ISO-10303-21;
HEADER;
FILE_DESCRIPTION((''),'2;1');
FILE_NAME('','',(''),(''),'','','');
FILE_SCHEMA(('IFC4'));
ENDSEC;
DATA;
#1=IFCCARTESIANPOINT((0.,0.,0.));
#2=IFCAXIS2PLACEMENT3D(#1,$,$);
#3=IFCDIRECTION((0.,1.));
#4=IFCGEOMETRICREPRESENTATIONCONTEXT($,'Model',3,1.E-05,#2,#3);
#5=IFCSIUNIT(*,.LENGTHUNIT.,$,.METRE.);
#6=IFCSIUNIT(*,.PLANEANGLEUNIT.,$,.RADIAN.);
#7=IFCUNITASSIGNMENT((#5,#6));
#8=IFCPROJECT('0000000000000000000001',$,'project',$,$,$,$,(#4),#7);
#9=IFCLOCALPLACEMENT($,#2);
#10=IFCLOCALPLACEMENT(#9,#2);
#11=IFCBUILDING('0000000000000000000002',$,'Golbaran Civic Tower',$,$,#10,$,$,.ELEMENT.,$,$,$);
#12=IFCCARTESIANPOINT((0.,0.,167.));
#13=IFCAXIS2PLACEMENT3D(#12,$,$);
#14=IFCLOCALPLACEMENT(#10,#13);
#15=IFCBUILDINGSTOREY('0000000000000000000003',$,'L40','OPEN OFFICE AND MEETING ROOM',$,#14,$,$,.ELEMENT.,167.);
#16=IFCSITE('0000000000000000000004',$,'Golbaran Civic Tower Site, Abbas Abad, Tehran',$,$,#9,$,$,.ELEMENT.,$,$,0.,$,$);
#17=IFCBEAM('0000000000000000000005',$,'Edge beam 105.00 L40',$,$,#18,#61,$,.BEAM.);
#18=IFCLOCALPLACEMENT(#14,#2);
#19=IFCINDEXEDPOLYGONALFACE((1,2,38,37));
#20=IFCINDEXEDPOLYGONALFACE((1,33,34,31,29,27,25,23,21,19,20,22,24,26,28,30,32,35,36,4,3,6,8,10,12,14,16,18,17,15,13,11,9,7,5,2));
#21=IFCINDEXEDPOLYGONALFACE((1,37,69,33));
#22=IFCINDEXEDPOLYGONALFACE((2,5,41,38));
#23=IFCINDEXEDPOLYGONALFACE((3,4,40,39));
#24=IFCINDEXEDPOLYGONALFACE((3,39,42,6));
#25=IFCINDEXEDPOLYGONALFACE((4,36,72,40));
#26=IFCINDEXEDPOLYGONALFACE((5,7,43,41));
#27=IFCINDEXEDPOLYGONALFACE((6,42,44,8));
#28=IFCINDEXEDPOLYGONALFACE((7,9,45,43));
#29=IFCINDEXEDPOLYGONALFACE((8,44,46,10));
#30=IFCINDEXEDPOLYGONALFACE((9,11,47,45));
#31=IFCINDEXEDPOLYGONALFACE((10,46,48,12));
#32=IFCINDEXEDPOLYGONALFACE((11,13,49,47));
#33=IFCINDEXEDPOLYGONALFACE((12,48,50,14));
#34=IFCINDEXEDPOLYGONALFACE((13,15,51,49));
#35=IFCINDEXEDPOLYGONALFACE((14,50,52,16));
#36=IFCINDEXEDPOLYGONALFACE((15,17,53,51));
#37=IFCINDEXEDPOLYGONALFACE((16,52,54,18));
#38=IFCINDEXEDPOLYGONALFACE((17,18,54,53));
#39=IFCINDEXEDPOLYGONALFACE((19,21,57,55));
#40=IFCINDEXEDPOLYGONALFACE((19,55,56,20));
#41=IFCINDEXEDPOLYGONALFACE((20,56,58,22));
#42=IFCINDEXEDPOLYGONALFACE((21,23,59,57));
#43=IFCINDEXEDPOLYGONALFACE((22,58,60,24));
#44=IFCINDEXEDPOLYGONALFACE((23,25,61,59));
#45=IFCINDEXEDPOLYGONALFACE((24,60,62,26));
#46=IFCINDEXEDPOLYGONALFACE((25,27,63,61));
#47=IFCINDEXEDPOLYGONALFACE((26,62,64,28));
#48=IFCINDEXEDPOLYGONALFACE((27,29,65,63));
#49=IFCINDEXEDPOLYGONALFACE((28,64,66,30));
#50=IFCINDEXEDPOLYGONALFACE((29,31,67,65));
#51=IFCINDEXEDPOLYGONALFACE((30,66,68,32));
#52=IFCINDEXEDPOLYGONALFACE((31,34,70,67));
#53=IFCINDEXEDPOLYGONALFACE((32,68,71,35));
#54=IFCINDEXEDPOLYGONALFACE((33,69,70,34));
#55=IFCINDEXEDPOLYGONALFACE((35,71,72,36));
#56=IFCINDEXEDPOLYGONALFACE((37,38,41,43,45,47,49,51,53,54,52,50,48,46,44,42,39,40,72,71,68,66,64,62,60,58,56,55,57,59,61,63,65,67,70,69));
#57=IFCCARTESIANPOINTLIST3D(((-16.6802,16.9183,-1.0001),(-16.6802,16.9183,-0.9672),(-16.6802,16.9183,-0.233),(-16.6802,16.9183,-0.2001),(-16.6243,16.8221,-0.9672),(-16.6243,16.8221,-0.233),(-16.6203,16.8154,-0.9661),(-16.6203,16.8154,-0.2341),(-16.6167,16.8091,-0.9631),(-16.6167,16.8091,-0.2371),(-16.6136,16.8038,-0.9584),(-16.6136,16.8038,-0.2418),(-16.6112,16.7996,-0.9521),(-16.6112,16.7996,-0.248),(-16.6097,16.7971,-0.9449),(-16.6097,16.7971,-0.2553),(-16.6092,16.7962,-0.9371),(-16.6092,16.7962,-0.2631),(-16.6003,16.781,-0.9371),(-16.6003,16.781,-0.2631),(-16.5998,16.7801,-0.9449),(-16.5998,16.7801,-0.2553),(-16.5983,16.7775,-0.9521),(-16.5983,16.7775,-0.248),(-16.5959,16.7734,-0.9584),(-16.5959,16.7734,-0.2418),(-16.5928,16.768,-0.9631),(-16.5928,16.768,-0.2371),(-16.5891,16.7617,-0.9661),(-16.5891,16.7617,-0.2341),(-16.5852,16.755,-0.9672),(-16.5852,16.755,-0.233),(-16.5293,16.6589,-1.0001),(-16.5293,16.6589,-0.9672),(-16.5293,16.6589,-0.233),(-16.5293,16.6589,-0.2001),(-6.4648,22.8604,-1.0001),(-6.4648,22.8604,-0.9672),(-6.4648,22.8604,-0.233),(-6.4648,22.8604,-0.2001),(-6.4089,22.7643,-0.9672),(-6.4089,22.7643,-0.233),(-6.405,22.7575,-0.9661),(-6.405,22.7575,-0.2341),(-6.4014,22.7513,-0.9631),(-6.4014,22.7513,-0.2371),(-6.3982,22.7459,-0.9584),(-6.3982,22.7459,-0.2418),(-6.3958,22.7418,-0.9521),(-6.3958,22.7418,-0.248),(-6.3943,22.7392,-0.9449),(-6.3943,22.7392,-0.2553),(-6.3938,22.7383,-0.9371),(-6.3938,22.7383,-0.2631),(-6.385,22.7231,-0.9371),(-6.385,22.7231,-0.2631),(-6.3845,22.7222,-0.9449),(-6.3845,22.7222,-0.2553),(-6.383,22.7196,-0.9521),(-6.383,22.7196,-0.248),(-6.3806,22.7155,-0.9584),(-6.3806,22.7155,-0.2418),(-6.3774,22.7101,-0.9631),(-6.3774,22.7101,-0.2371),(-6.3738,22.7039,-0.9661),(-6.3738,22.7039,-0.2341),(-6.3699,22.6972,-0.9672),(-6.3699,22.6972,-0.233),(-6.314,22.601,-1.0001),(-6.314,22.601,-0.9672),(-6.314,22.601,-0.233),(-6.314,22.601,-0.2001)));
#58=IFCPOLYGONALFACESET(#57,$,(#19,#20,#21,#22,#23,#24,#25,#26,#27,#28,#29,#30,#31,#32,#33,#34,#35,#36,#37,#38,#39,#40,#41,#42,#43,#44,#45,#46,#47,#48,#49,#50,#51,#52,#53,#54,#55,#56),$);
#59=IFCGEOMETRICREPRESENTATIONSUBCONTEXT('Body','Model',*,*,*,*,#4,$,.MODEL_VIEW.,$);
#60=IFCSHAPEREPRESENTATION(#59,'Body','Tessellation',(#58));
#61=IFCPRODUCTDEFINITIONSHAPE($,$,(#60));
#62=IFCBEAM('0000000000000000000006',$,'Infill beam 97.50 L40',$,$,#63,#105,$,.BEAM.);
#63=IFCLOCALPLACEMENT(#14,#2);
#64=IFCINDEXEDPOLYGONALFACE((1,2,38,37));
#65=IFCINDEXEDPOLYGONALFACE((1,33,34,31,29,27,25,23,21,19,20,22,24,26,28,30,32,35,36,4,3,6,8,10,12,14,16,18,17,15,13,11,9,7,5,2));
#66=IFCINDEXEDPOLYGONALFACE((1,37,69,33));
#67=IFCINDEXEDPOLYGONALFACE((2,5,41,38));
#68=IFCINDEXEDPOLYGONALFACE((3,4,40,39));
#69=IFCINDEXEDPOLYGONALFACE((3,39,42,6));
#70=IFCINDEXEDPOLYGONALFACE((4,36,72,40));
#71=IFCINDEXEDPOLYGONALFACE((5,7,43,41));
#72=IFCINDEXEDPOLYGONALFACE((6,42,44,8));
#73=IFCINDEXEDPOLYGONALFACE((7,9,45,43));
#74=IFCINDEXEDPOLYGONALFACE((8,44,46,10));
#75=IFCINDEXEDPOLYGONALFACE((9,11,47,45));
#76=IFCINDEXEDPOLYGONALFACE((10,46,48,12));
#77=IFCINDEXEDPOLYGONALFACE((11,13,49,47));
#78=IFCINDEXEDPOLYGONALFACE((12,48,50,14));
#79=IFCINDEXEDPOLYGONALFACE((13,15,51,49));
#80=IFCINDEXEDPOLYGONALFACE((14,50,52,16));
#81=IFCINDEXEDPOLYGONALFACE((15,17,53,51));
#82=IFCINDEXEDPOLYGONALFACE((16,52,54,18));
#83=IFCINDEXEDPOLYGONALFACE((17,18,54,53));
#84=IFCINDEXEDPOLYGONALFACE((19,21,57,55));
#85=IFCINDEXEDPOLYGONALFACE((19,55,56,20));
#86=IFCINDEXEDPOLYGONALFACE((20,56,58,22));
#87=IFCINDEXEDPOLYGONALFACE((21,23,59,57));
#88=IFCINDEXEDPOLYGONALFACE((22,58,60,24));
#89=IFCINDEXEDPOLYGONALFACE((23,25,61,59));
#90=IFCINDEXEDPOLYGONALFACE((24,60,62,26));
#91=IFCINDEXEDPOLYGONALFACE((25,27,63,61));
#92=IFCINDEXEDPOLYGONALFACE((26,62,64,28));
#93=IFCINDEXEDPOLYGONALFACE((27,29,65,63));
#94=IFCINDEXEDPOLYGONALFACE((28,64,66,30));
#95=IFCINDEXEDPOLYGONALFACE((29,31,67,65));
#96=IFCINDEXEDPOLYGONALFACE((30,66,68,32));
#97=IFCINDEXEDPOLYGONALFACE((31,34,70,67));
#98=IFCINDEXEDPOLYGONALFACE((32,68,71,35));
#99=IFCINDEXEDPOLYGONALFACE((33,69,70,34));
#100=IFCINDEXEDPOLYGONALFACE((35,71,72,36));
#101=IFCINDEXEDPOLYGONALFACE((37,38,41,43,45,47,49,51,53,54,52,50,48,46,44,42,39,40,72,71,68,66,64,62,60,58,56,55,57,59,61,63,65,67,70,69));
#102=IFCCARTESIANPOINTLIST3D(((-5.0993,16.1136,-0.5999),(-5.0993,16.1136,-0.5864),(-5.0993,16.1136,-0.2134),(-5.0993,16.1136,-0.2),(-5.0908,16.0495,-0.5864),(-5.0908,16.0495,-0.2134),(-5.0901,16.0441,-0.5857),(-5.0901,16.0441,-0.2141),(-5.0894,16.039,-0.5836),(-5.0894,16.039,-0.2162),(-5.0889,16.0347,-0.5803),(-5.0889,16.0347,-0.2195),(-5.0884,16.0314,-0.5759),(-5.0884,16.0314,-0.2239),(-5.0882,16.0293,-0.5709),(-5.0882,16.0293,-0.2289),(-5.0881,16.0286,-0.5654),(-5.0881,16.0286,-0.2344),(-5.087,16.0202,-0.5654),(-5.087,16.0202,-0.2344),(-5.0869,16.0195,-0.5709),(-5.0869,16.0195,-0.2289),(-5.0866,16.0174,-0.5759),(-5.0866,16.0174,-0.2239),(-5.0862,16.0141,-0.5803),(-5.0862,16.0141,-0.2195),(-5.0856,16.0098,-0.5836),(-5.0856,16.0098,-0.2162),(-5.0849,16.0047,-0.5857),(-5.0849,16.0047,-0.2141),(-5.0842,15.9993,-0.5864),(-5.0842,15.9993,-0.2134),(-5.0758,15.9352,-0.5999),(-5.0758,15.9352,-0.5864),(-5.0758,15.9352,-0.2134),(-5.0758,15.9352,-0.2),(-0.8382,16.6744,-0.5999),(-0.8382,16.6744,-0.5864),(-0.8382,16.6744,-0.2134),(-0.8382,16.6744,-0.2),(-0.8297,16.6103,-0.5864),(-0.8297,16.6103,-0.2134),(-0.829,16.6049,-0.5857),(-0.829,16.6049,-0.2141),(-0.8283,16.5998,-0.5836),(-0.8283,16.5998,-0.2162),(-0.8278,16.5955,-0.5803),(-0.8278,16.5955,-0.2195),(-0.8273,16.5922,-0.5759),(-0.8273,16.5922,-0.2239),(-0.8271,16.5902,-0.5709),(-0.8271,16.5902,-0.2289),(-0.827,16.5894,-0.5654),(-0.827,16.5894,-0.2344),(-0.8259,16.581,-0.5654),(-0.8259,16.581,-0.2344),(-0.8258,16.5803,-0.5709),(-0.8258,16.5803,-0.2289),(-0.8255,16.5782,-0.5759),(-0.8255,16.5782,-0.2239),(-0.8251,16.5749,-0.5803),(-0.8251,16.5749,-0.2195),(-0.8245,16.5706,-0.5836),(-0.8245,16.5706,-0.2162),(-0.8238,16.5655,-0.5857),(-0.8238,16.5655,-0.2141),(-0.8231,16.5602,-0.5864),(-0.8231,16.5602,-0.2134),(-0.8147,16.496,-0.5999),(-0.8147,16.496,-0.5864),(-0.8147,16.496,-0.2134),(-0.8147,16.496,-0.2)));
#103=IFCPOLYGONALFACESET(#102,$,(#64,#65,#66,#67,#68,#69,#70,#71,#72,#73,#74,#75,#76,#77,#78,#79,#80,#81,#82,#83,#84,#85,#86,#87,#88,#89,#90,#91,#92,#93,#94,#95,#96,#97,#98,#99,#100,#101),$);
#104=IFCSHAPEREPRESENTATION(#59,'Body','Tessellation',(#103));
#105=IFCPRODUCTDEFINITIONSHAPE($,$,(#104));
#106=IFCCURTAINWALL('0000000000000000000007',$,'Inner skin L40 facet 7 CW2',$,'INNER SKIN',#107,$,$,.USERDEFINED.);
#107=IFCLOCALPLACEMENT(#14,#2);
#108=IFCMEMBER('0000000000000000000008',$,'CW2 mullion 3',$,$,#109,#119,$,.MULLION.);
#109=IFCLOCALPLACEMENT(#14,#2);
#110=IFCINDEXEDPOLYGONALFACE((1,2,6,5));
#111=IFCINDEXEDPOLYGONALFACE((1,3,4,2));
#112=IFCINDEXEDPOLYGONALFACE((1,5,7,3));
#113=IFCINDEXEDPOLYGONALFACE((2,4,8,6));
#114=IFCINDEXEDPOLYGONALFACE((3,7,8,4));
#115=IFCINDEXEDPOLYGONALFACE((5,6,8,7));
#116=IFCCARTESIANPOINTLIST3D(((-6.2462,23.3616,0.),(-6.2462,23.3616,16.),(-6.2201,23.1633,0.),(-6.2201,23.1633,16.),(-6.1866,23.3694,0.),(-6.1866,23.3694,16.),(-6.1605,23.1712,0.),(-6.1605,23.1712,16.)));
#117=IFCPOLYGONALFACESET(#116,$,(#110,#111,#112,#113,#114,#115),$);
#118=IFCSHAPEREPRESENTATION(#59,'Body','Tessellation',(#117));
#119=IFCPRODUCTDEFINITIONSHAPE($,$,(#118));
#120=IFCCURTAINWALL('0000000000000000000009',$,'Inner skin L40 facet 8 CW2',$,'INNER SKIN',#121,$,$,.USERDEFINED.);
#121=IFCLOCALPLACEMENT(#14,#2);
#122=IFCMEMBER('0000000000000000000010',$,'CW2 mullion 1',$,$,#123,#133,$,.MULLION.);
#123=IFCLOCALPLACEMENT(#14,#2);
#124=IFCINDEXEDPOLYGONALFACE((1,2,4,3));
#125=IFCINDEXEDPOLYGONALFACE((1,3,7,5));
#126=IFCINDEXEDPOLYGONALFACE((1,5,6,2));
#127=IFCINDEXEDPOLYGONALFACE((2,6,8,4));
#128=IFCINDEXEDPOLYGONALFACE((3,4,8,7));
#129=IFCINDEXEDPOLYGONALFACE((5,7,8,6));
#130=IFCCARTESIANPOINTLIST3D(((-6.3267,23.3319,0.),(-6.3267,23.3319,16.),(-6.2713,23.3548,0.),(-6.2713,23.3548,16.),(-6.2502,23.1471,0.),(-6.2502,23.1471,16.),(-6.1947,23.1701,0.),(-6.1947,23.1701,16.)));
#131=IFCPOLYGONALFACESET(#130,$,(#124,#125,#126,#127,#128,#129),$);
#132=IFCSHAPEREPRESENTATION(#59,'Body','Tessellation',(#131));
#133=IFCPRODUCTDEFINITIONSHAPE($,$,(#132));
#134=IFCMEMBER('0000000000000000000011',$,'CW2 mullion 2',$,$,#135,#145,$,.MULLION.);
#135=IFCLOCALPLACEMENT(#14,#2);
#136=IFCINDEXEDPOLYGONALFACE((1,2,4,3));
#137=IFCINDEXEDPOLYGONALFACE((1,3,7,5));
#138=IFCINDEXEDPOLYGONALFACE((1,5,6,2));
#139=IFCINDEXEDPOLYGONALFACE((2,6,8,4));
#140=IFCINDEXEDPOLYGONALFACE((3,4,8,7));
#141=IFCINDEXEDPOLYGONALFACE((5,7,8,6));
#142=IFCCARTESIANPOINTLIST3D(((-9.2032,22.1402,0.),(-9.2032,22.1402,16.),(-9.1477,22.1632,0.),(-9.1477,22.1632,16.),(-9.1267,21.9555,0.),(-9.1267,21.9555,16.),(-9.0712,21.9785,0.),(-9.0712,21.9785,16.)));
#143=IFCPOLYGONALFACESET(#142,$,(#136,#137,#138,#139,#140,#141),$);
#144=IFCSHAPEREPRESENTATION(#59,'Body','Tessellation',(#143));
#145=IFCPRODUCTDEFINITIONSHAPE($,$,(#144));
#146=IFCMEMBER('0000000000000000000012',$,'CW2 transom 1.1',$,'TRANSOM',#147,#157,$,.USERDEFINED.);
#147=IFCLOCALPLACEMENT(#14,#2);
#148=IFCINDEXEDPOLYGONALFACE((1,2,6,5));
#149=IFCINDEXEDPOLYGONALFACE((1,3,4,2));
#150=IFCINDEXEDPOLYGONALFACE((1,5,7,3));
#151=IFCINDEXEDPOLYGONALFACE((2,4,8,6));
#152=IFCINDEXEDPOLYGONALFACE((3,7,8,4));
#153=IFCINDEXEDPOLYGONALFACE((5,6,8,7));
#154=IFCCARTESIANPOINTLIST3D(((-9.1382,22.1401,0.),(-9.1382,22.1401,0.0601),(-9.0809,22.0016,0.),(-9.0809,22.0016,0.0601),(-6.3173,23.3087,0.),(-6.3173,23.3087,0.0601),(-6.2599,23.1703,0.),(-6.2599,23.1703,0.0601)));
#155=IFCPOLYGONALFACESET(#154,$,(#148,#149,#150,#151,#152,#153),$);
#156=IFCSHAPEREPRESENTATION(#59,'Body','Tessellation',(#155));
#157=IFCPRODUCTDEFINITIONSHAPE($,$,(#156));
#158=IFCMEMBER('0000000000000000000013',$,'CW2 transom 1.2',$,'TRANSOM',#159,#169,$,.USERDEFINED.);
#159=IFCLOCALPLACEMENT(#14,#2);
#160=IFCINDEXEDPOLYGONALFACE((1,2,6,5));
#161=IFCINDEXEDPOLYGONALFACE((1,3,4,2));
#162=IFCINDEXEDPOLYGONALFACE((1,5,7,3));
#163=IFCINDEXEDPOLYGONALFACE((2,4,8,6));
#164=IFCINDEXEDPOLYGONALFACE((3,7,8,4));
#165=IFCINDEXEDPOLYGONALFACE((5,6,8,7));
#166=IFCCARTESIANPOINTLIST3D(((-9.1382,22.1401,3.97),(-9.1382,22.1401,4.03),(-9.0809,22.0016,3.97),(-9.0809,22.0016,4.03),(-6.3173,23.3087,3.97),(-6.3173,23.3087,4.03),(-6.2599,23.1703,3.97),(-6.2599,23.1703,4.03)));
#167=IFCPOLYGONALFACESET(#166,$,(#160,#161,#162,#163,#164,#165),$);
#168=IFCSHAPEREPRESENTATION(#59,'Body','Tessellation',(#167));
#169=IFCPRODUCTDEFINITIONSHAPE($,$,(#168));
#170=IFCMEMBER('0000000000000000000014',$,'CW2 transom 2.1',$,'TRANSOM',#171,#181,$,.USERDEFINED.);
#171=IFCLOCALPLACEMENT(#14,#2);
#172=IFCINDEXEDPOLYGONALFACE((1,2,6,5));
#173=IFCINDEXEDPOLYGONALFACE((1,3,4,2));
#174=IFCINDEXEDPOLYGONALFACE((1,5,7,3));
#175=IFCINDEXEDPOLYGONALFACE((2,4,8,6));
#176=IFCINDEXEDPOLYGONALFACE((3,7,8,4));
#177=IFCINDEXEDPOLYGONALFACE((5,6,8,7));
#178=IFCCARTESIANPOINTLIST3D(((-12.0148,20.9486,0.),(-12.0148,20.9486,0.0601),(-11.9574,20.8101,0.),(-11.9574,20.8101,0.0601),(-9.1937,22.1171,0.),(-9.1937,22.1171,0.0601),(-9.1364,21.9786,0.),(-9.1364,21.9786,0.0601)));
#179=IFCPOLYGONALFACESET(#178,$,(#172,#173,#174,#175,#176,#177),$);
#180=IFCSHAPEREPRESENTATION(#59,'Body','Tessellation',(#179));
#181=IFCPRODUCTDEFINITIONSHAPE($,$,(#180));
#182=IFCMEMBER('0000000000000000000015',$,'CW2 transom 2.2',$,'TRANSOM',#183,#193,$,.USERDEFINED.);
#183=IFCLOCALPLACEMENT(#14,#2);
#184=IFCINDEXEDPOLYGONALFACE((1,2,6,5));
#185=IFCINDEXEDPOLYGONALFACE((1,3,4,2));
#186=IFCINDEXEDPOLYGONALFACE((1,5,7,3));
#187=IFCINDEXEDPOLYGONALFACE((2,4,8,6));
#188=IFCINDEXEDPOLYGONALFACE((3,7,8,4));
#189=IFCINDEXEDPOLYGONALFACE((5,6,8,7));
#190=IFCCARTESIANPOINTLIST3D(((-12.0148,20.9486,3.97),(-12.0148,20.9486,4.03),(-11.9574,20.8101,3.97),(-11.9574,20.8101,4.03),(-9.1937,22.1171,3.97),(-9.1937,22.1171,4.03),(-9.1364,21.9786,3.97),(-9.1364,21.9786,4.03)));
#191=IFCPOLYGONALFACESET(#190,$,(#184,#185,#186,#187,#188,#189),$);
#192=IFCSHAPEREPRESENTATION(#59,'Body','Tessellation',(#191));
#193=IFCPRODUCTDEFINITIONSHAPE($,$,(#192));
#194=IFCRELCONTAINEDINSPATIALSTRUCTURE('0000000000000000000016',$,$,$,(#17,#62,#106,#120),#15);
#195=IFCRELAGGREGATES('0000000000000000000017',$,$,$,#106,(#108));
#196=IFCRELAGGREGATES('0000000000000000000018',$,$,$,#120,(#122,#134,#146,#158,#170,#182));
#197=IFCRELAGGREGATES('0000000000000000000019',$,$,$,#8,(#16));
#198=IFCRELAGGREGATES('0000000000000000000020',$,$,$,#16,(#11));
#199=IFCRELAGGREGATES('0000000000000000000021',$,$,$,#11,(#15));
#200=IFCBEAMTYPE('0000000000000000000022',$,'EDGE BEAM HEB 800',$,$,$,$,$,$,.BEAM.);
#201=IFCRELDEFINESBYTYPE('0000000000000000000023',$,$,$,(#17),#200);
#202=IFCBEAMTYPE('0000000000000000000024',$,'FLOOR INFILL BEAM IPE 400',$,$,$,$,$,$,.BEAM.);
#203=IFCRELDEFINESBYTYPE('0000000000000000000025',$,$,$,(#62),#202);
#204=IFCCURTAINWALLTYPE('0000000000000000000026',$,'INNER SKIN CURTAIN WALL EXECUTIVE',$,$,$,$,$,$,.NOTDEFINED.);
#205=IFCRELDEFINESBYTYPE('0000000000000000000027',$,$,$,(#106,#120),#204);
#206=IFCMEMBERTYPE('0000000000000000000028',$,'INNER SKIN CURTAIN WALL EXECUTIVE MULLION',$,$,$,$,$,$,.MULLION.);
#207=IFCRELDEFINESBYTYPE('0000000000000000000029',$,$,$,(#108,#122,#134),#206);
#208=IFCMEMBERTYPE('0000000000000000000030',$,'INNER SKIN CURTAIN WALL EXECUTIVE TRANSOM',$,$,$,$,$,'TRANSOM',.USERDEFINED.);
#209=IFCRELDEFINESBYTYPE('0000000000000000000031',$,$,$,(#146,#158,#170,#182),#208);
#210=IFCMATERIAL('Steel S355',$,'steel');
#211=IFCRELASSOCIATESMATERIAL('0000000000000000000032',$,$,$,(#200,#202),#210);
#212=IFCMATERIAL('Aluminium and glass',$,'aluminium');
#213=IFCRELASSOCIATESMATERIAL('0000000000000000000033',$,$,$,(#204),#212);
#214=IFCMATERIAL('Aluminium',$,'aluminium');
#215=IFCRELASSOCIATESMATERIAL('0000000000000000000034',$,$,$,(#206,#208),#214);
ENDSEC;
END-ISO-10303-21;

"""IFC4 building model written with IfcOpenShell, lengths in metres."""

from ifc_helpers import new_model, si_unit, direction, frame, origin, origin_2d, place, context, subcontext, project, spatial, rectangle, i_section, extrude, material, material_profile, profile_set, type_object, element, aggregate, save


model = new_model("IFC4")

# Units and contexts
model_context = context("Model", 3, precision=1e-05, world=origin(), true_north=direction((0.0, 1.0)))
body_context = subcontext(model_context, "Body", "Model", "MODEL_VIEW")
ifc_project = project(units=[si_unit("LENGTHUNIT", "METRE"), si_unit("PLANEANGLEUNIT", "RADIAN")], contexts=[model_context])

# Site, building, storey
site_placement = place(None, origin())
site = spatial("IfcSite", under=ifc_project, at=site_placement, Name="Golbaran Civic Tower Site, Abbas Abad, Tehran", CompositionType="ELEMENT", RefElevation=0.0)
building_placement = place(site_placement, origin())
building = spatial("IfcBuilding", under=site, at=building_placement, Name="Golbaran Civic Tower", CompositionType="ELEMENT")
storey_placement = place(building_placement, frame((0.0, 0.0, 167.0)))
storey = spatial("IfcBuildingStorey", under=building, at=storey_placement, Name="L40", Description="OPEN OFFICE AND MEETING ROOM", CompositionType="ELEMENT", Elevation=167.0)

# Beams
ifc_material_1 = material(Name="Steel S355", Category="steel")
ifc_material_profile_1 = material_profile(ifc_material_1, i_section(OverallWidth=0.3, OverallDepth=0.8, WebThickness=0.0176, FlangeThickness=0.033, FilletRadius=0.03, at=origin_2d()), Name="HEB 800")
ifc_profile_set_1 = profile_set([ifc_material_profile_1], Name="Steel S355")
beam_type_1 = type_object("IfcBeamType", Name="EDGE BEAM HEB 800", PredefinedType="BEAM", material=ifc_profile_set_1)
beam_1_placement = place(storey_placement, frame((-6.3894, 22.7307, -0.6001), z_axis=(-0.864397, -0.50281, 0.0), x_axis=(0.50281, -0.864397, 0.0)))
element("IfcBeam", 1, at=beam_1_placement, inside=storey, type_object=beam_type_1, Name="Edge beam 105.00 L40", PredefinedType="BEAM", context=body_context, shape_type="SweptSolid", body=[
    extrude(i_section(OverallWidth=0.3, OverallDepth=0.8, WebThickness=0.0176, FlangeThickness=0.033, FilletRadius=0.03, at=origin_2d()), origin(), (0.0, 0.0, 1.0), 11.8179),
])
ifc_material_profile_2 = material_profile(ifc_material_1, i_section(OverallWidth=0.1799, OverallDepth=0.3999, WebThickness=0.0085, FlangeThickness=0.0134, FilletRadius=0.021, at=origin_2d()), Name="IPE 400")
ifc_profile_set_2 = profile_set([ifc_material_profile_2], Name="Steel S355")
beam_type_2 = type_object("IfcBeamType", Name="FLOOR INFILL BEAM IPE 400", PredefinedType="BEAM", material=ifc_profile_set_2)
beam_2_placement = place(storey_placement, frame((-0.8264, 16.5852, -0.3999), z_axis=(-0.99145, -0.130485, 0.0), x_axis=(0.130485, -0.99145, 0.0)))
element("IfcBeam", 2, at=beam_2_placement, inside=storey, type_object=beam_type_2, Name="Infill beam 97.50 L40", PredefinedType="BEAM", context=body_context, shape_type="SweptSolid", body=[
    extrude(i_section(OverallWidth=0.1799, OverallDepth=0.3999, WebThickness=0.0085, FlangeThickness=0.0134, FilletRadius=0.021, at=origin_2d()), origin(), (0.0, 0.0, 1.0), 4.2979),
])

# Curtain wall, member
ifc_material_2 = material(Name="Aluminium and glass", Category="aluminium")
curtain_wall_type = type_object("IfcCurtainWallType", Name="INNER SKIN CURTAIN WALL EXECUTIVE", PredefinedType="NOTDEFINED", material=ifc_material_2)
curtain_wall_1_placement = place(storey_placement, origin())
curtain_wall_1 = element("IfcCurtainWall", 3, at=curtain_wall_1_placement, inside=storey, type_object=curtain_wall_type, Name="Inner skin L40 facet 7 CW2", ObjectType="INNER SKIN", PredefinedType="USERDEFINED")
ifc_material_3 = material(Name="Aluminium", Category="aluminium")
ifc_material_profile_3 = material_profile(ifc_material_3, rectangle(XDim=0.2, YDim=0.0601, at=origin_2d()), Name="INNER SKIN CURTAIN WALL EXECUTIVE MULLION")
ifc_profile_set_3 = profile_set([ifc_material_profile_3], Name="Aluminium")
member_type_1 = type_object("IfcMemberType", Name="INNER SKIN CURTAIN WALL EXECUTIVE MULLION", PredefinedType="MULLION", material=ifc_profile_set_3)
member_1_placement = place(storey_placement, frame((-6.2034, 23.2664, 0.0), z_axis=(0.0, 0.0, 1.0), x_axis=(0.130526, -0.991445, 0.0)))
member_1 = element("IfcMember", 4, at=member_1_placement, type_object=member_type_1, Name="CW2 mullion 3", PredefinedType="MULLION", context=body_context, shape_type="SweptSolid", body=[
    extrude(rectangle(XDim=0.2, YDim=0.0601, at=origin_2d()), origin(), (0.0, 0.0, 1.0), 16.0),
])

# Curtain wall, members
curtain_wall_2_placement = place(storey_placement, origin())
curtain_wall_2 = element("IfcCurtainWall", 5, at=curtain_wall_2_placement, inside=storey, type_object=curtain_wall_type, Name="Inner skin L40 facet 8 CW2", ObjectType="INNER SKIN", PredefinedType="USERDEFINED")
member_2_placement = place(storey_placement, frame((-6.2607, 23.251, 0.0), z_axis=(0.0, 0.0, 1.0), x_axis=(0.382683, -0.92388, 0.0)))
member_2 = element("IfcMember", 6, at=member_2_placement, type_object=member_type_1, Name="CW2 mullion 1", PredefinedType="MULLION", context=body_context, shape_type="SweptSolid", body=[
    extrude(rectangle(XDim=0.2, YDim=0.0601, at=origin_2d()), origin(), (0.0, 0.0, 1.0), 16.0),
])
member_3_placement = place(storey_placement, frame((-9.1372, 22.0593, 0.0), z_axis=(0.0, 0.0, 1.0), x_axis=(0.382683, -0.92388, 0.0)))
member_3 = element("IfcMember", 7, at=member_3_placement, type_object=member_type_1, Name="CW2 mullion 2", PredefinedType="MULLION", context=body_context, shape_type="SweptSolid", body=[
    extrude(rectangle(XDim=0.2, YDim=0.0601, at=origin_2d()), origin(), (0.0, 0.0, 1.0), 16.0),
])
ifc_material_profile_4 = material_profile(ifc_material_3, rectangle(XDim=0.1499, YDim=0.0601, at=origin_2d()), Name="INNER SKIN CURTAIN WALL EXECUTIVE TRANSOM")
ifc_profile_set_4 = profile_set([ifc_material_profile_4], Name="Aluminium")
member_type_2 = type_object("IfcMemberType", Name="INNER SKIN CURTAIN WALL EXECUTIVE TRANSOM", ElementType="TRANSOM", PredefinedType="USERDEFINED", material=ifc_profile_set_4)
member_4_placement = place(storey_placement, frame((-6.2886, 23.2395, 0.03), z_axis=(-0.923858, -0.382735, 0.0), x_axis=(0.382735, -0.923858, 0.0)))
member_4 = element("IfcMember", 8, at=member_4_placement, type_object=member_type_2, Name="CW2 transom 1.1", ObjectType="TRANSOM", PredefinedType="USERDEFINED", context=body_context, shape_type="SweptSolid", body=[
    extrude(rectangle(XDim=0.1499, YDim=0.0601, at=origin_2d()), origin(), (0.0, 0.0, 1.0), 3.0535),
])
member_5_placement = place(storey_placement, frame((-6.2886, 23.2395, 4.0), z_axis=(-0.923858, -0.382735, 0.0), x_axis=(0.382735, -0.923858, 0.0)))
member_5 = element("IfcMember", 9, at=member_5_placement, type_object=member_type_2, Name="CW2 transom 1.2", ObjectType="TRANSOM", PredefinedType="USERDEFINED", context=body_context, shape_type="SweptSolid", body=[
    extrude(rectangle(XDim=0.1499, YDim=0.0601, at=origin_2d()), origin(), (0.0, 0.0, 1.0), 3.0535),
])
member_6_placement = place(storey_placement, frame((-9.165, 22.0479, 0.03), z_axis=(-0.923886, -0.382667, 0.0), x_axis=(0.382667, -0.923886, 0.0)))
member_6 = element("IfcMember", 10, at=member_6_placement, type_object=member_type_2, Name="CW2 transom 2.1", ObjectType="TRANSOM", PredefinedType="USERDEFINED", context=body_context, shape_type="SweptSolid", body=[
    extrude(rectangle(XDim=0.1499, YDim=0.0601, at=origin_2d()), origin(), (0.0, 0.0, 1.0), 3.0535),
])
member_7_placement = place(storey_placement, frame((-9.165, 22.0479, 4.0), z_axis=(-0.923886, -0.382667, 0.0), x_axis=(0.382667, -0.923886, 0.0)))
member_7 = element("IfcMember", 11, at=member_7_placement, type_object=member_type_2, Name="CW2 transom 2.2", ObjectType="TRANSOM", PredefinedType="USERDEFINED", context=body_context, shape_type="SweptSolid", body=[
    extrude(rectangle(XDim=0.1499, YDim=0.0601, at=origin_2d()), origin(), (0.0, 0.0, 1.0), 3.0535),
])

aggregate(curtain_wall_1, [member_1])
aggregate(curtain_wall_2, [member_2, member_3, member_4, member_5, member_6, member_7])

save(model, "model.ifc")
